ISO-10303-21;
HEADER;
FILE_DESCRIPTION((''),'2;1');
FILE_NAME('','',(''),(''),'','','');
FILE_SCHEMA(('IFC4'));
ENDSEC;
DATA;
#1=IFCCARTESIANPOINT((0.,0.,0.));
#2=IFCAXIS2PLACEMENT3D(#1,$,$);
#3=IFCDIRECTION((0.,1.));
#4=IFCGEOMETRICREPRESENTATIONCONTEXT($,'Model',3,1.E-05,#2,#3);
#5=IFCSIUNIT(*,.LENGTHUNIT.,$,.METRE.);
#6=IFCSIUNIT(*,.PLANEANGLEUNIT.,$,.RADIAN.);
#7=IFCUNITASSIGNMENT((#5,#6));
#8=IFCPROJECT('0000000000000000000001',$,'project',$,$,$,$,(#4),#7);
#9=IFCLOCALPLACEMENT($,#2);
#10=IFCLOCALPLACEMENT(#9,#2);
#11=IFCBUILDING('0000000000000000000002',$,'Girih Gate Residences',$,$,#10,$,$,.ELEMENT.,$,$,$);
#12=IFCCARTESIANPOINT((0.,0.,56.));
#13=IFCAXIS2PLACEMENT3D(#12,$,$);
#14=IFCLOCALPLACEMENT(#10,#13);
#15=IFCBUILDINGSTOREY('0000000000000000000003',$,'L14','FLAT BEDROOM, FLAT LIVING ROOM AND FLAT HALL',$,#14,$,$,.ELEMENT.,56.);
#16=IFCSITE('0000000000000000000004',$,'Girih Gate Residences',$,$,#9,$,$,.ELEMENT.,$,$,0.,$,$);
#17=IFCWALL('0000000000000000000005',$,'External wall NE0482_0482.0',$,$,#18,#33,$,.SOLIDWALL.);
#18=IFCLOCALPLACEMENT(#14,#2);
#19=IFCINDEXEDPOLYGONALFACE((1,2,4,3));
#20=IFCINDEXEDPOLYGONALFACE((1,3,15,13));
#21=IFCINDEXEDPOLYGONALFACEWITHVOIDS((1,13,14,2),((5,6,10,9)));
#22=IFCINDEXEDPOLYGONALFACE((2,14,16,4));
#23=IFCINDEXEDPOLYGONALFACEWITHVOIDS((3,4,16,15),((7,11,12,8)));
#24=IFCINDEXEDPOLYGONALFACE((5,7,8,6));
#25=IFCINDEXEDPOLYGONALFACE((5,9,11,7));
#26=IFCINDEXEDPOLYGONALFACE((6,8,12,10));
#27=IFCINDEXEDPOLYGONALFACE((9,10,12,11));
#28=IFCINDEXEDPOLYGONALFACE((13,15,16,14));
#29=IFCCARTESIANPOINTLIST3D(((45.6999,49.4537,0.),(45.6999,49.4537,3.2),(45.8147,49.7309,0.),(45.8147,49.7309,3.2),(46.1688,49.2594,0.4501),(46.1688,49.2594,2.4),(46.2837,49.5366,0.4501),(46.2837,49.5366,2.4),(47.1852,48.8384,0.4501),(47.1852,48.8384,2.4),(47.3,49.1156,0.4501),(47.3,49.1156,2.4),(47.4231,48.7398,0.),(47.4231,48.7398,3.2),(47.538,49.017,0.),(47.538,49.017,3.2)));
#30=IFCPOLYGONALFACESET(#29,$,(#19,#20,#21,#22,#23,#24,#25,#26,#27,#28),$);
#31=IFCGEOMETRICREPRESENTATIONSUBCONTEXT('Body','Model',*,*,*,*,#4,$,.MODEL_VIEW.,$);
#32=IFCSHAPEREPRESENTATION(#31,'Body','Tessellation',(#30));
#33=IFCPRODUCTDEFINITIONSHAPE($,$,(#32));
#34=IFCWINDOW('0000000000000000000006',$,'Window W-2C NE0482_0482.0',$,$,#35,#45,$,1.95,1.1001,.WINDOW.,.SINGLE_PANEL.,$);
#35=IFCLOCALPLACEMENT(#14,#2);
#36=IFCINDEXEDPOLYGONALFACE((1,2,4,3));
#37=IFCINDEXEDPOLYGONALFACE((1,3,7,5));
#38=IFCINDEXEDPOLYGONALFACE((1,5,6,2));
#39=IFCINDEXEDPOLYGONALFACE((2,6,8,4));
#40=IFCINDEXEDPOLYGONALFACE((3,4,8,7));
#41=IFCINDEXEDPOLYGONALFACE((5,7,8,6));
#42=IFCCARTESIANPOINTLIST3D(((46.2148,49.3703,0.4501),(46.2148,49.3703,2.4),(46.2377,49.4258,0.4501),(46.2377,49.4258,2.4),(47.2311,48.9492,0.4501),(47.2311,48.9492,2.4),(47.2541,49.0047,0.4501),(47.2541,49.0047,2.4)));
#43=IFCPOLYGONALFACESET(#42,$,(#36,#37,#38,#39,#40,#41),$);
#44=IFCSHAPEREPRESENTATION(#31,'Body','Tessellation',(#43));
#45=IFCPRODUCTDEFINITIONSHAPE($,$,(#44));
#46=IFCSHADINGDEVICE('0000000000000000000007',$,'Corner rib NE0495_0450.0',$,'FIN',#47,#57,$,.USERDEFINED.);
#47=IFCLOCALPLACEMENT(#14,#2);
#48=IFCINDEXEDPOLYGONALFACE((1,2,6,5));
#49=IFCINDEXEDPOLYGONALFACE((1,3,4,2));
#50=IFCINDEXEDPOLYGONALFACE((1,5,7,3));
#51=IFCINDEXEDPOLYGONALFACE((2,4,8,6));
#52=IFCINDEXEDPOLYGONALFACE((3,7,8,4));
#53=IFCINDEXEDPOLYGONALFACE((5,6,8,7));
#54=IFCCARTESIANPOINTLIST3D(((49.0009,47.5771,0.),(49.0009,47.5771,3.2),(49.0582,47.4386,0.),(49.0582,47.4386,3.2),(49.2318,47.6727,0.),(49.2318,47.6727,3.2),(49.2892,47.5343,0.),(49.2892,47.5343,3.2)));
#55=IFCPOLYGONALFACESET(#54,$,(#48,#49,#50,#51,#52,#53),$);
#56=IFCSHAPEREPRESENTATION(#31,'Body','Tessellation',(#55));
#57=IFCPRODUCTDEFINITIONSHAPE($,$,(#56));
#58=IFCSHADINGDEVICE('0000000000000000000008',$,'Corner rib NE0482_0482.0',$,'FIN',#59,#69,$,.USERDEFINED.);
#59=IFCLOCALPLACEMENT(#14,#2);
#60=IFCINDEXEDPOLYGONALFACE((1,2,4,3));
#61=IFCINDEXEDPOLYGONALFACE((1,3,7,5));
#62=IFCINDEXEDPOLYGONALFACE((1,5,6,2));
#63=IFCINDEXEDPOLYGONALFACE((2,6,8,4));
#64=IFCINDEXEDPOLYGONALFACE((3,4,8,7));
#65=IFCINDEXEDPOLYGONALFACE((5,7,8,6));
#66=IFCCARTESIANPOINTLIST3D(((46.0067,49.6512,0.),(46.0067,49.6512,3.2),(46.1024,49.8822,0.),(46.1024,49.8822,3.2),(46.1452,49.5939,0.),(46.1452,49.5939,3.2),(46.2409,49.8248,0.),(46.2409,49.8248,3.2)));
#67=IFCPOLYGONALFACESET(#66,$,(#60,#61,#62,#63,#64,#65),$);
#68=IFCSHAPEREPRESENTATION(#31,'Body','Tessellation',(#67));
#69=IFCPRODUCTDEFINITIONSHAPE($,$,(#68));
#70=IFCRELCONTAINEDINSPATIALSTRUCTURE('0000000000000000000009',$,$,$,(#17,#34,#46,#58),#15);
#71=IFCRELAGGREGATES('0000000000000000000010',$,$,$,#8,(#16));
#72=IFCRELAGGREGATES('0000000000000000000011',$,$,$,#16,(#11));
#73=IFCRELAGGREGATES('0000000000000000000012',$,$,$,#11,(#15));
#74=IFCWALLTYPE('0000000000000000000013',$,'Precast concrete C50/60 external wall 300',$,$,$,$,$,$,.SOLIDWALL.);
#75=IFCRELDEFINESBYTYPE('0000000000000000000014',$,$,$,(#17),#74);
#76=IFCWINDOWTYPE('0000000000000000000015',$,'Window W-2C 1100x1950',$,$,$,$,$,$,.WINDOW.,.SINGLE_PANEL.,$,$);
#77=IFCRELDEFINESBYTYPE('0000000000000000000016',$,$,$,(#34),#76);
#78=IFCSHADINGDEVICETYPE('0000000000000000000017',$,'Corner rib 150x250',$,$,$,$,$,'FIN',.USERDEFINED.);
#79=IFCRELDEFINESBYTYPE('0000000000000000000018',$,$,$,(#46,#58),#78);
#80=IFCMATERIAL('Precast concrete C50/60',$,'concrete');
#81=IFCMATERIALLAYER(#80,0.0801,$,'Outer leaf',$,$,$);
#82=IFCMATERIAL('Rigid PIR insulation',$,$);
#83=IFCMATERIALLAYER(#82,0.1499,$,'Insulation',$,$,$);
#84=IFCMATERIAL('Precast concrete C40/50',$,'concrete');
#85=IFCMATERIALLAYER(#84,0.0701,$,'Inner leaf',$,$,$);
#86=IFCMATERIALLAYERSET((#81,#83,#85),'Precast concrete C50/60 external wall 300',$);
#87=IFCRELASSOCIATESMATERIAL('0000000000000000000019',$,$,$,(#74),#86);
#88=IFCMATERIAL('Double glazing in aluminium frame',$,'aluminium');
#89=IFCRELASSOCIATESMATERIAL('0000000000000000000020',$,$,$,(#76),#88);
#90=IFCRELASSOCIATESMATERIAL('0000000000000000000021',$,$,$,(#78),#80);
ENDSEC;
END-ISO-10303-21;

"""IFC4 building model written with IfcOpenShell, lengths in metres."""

from ifc_helpers import new_model, si_unit, direction, frame, frame_2d, origin, origin_2d, place, context, subcontext, project, spatial, rectangle, extrude, material, layer, layer_set, type_object, element, fill, save


model = new_model("IFC4")

# Units and contexts
model_context = context("Model", 3, precision=1e-05, world=origin(), true_north=direction((0.0, 1.0)))
body_context = subcontext(model_context, "Body", "Model", "MODEL_VIEW")
ifc_project = project(units=[si_unit("LENGTHUNIT", "METRE"), si_unit("PLANEANGLEUNIT", "RADIAN")], contexts=[model_context])

# Site, building, storey
site_placement = place(None, origin())
site = spatial("IfcSite", under=ifc_project, at=site_placement, Name="Girih Gate Residences", CompositionType="ELEMENT", RefElevation=0.0)
building_placement = place(site_placement, origin())
building = spatial("IfcBuilding", under=site, at=building_placement, Name="Girih Gate Residences", CompositionType="ELEMENT")
storey_placement = place(building_placement, frame((0.0, 0.0, 56.0)))
storey = spatial("IfcBuildingStorey", under=building, at=storey_placement, Name="L14", Description="FLAT BEDROOM, FLAT LIVING ROOM AND FLAT HALL", CompositionType="ELEMENT", Elevation=56.0)

# Wall, opening, window
ifc_material_1 = material(Name="Precast concrete C50/60", Category="concrete")
ifc_layer_1 = layer(ifc_material_1, 0.0801, Name="Outer leaf")
ifc_material_2 = material(Name="Rigid PIR insulation")
ifc_layer_2 = layer(ifc_material_2, 0.1499, Name="Insulation")
ifc_material_3 = material(Name="Precast concrete C40/50", Category="concrete")
ifc_layer_3 = layer(ifc_material_3, 0.0701, Name="Inner leaf")
ifc_layer_set_1 = layer_set([ifc_layer_1, ifc_layer_2, ifc_layer_3], Name="Precast concrete C50/60 external wall 300")
wall_type_1 = type_object("IfcWallType", Name="Precast concrete C50/60 external wall 300", PredefinedType="SOLIDWALL", material=ifc_layer_set_1)
ifc_material_4 = material(Name="Double glazing in aluminium frame", Category="aluminium")
window_type_1 = type_object("IfcWindowType", Name="Window W-2C 1100x1950", PartitioningType="SINGLE_PANEL", PredefinedType="WINDOW", material=ifc_material_4)
wall_1_placement = place(storey_placement, frame((45.7573, 49.5923, 0.0), z_axis=(0.0, 0.0, 1.0), x_axis=(0.923857, -0.382737, 0.0)))
wall_1 = element("IfcWall", 1, at=wall_1_placement, inside=storey, type_object=wall_type_1, Name="External wall NE0482_0482.0", PredefinedType="SOLIDWALL", context=body_context, shape_type="SweptSolid", body=[
    extrude(rectangle(XDim=1.8652, YDim=0.3, at=frame_2d((0.9326, 0.0))), origin(), (0.0, 0.0, 1.0), 3.2),
])
opening_1_placement = place(wall_1_placement, frame((0.5076, 0.0, 0.45)))
opening_1 = element("IfcOpeningElement", 2, at=opening_1_placement, cuts=wall_1, PredefinedType="OPENING", context=body_context, shape_type="SweptSolid", body=[
    extrude(rectangle(XDim=1.1001, YDim=1.95, at=frame_2d((0.55, 0.9751))), frame((0.0, 0.1599, 0.0), z_axis=(0.0, -1.0, 0.0), x_axis=(1.0, 0.0, 0.0)), (0.0, 0.0, 1.0), 0.3201),
])
window_1_placement = place(opening_1_placement, origin())
window_1 = element("IfcWindow", 3, at=window_1_placement, inside=storey, type_object=window_type_1, Name="Window W-2C NE0482_0482.0", OverallHeight=1.95, OverallWidth=1.1001, PartitioningType="SINGLE_PANEL", PredefinedType="WINDOW", context=body_context, shape_type="SweptSolid", body=[
    extrude(rectangle(XDim=1.1001, YDim=1.95, at=frame_2d((0.55, 0.9751))), frame((0.0, 0.03, 0.0), z_axis=(0.0, -1.0, 0.0), x_axis=(1.0, 0.0, 0.0)), (0.0, 0.0, 1.0), 0.0601),
])
fill(opening_1, window_1)

# Shading devices
shading_device_type = type_object("IfcShadingDeviceType", Name="Corner rib 150x250", ElementType="FIN", PredefinedType="USERDEFINED", material=ifc_material_1)
for number, where, z_axis, x_axis, name in (
    (4, (49.145, 47.5557, 0.0), (0.0, 0.0, 1.0), (-0.382683, 0.92388, 0.0), "Corner rib NE0495_0450.0"),
    (5, (46.1238, 49.738, 0.0), (0.0, 0.0, 1.0), (-0.92388, 0.382683, 0.0), "Corner rib NE0482_0482.0"),
):
    element("IfcShadingDevice", number, at=place(storey_placement, frame(where, z_axis=z_axis, x_axis=x_axis)), inside=storey, type_object=shading_device_type, Name=name, ObjectType="FIN", PredefinedType="USERDEFINED", context=body_context, shape_type="SweptSolid", body=[
        extrude(rectangle(XDim=0.1499, YDim=0.25, at=origin_2d()), origin(), (0.0, 0.0, 1.0), 3.2),
    ])

save(model, "model.ifc")
